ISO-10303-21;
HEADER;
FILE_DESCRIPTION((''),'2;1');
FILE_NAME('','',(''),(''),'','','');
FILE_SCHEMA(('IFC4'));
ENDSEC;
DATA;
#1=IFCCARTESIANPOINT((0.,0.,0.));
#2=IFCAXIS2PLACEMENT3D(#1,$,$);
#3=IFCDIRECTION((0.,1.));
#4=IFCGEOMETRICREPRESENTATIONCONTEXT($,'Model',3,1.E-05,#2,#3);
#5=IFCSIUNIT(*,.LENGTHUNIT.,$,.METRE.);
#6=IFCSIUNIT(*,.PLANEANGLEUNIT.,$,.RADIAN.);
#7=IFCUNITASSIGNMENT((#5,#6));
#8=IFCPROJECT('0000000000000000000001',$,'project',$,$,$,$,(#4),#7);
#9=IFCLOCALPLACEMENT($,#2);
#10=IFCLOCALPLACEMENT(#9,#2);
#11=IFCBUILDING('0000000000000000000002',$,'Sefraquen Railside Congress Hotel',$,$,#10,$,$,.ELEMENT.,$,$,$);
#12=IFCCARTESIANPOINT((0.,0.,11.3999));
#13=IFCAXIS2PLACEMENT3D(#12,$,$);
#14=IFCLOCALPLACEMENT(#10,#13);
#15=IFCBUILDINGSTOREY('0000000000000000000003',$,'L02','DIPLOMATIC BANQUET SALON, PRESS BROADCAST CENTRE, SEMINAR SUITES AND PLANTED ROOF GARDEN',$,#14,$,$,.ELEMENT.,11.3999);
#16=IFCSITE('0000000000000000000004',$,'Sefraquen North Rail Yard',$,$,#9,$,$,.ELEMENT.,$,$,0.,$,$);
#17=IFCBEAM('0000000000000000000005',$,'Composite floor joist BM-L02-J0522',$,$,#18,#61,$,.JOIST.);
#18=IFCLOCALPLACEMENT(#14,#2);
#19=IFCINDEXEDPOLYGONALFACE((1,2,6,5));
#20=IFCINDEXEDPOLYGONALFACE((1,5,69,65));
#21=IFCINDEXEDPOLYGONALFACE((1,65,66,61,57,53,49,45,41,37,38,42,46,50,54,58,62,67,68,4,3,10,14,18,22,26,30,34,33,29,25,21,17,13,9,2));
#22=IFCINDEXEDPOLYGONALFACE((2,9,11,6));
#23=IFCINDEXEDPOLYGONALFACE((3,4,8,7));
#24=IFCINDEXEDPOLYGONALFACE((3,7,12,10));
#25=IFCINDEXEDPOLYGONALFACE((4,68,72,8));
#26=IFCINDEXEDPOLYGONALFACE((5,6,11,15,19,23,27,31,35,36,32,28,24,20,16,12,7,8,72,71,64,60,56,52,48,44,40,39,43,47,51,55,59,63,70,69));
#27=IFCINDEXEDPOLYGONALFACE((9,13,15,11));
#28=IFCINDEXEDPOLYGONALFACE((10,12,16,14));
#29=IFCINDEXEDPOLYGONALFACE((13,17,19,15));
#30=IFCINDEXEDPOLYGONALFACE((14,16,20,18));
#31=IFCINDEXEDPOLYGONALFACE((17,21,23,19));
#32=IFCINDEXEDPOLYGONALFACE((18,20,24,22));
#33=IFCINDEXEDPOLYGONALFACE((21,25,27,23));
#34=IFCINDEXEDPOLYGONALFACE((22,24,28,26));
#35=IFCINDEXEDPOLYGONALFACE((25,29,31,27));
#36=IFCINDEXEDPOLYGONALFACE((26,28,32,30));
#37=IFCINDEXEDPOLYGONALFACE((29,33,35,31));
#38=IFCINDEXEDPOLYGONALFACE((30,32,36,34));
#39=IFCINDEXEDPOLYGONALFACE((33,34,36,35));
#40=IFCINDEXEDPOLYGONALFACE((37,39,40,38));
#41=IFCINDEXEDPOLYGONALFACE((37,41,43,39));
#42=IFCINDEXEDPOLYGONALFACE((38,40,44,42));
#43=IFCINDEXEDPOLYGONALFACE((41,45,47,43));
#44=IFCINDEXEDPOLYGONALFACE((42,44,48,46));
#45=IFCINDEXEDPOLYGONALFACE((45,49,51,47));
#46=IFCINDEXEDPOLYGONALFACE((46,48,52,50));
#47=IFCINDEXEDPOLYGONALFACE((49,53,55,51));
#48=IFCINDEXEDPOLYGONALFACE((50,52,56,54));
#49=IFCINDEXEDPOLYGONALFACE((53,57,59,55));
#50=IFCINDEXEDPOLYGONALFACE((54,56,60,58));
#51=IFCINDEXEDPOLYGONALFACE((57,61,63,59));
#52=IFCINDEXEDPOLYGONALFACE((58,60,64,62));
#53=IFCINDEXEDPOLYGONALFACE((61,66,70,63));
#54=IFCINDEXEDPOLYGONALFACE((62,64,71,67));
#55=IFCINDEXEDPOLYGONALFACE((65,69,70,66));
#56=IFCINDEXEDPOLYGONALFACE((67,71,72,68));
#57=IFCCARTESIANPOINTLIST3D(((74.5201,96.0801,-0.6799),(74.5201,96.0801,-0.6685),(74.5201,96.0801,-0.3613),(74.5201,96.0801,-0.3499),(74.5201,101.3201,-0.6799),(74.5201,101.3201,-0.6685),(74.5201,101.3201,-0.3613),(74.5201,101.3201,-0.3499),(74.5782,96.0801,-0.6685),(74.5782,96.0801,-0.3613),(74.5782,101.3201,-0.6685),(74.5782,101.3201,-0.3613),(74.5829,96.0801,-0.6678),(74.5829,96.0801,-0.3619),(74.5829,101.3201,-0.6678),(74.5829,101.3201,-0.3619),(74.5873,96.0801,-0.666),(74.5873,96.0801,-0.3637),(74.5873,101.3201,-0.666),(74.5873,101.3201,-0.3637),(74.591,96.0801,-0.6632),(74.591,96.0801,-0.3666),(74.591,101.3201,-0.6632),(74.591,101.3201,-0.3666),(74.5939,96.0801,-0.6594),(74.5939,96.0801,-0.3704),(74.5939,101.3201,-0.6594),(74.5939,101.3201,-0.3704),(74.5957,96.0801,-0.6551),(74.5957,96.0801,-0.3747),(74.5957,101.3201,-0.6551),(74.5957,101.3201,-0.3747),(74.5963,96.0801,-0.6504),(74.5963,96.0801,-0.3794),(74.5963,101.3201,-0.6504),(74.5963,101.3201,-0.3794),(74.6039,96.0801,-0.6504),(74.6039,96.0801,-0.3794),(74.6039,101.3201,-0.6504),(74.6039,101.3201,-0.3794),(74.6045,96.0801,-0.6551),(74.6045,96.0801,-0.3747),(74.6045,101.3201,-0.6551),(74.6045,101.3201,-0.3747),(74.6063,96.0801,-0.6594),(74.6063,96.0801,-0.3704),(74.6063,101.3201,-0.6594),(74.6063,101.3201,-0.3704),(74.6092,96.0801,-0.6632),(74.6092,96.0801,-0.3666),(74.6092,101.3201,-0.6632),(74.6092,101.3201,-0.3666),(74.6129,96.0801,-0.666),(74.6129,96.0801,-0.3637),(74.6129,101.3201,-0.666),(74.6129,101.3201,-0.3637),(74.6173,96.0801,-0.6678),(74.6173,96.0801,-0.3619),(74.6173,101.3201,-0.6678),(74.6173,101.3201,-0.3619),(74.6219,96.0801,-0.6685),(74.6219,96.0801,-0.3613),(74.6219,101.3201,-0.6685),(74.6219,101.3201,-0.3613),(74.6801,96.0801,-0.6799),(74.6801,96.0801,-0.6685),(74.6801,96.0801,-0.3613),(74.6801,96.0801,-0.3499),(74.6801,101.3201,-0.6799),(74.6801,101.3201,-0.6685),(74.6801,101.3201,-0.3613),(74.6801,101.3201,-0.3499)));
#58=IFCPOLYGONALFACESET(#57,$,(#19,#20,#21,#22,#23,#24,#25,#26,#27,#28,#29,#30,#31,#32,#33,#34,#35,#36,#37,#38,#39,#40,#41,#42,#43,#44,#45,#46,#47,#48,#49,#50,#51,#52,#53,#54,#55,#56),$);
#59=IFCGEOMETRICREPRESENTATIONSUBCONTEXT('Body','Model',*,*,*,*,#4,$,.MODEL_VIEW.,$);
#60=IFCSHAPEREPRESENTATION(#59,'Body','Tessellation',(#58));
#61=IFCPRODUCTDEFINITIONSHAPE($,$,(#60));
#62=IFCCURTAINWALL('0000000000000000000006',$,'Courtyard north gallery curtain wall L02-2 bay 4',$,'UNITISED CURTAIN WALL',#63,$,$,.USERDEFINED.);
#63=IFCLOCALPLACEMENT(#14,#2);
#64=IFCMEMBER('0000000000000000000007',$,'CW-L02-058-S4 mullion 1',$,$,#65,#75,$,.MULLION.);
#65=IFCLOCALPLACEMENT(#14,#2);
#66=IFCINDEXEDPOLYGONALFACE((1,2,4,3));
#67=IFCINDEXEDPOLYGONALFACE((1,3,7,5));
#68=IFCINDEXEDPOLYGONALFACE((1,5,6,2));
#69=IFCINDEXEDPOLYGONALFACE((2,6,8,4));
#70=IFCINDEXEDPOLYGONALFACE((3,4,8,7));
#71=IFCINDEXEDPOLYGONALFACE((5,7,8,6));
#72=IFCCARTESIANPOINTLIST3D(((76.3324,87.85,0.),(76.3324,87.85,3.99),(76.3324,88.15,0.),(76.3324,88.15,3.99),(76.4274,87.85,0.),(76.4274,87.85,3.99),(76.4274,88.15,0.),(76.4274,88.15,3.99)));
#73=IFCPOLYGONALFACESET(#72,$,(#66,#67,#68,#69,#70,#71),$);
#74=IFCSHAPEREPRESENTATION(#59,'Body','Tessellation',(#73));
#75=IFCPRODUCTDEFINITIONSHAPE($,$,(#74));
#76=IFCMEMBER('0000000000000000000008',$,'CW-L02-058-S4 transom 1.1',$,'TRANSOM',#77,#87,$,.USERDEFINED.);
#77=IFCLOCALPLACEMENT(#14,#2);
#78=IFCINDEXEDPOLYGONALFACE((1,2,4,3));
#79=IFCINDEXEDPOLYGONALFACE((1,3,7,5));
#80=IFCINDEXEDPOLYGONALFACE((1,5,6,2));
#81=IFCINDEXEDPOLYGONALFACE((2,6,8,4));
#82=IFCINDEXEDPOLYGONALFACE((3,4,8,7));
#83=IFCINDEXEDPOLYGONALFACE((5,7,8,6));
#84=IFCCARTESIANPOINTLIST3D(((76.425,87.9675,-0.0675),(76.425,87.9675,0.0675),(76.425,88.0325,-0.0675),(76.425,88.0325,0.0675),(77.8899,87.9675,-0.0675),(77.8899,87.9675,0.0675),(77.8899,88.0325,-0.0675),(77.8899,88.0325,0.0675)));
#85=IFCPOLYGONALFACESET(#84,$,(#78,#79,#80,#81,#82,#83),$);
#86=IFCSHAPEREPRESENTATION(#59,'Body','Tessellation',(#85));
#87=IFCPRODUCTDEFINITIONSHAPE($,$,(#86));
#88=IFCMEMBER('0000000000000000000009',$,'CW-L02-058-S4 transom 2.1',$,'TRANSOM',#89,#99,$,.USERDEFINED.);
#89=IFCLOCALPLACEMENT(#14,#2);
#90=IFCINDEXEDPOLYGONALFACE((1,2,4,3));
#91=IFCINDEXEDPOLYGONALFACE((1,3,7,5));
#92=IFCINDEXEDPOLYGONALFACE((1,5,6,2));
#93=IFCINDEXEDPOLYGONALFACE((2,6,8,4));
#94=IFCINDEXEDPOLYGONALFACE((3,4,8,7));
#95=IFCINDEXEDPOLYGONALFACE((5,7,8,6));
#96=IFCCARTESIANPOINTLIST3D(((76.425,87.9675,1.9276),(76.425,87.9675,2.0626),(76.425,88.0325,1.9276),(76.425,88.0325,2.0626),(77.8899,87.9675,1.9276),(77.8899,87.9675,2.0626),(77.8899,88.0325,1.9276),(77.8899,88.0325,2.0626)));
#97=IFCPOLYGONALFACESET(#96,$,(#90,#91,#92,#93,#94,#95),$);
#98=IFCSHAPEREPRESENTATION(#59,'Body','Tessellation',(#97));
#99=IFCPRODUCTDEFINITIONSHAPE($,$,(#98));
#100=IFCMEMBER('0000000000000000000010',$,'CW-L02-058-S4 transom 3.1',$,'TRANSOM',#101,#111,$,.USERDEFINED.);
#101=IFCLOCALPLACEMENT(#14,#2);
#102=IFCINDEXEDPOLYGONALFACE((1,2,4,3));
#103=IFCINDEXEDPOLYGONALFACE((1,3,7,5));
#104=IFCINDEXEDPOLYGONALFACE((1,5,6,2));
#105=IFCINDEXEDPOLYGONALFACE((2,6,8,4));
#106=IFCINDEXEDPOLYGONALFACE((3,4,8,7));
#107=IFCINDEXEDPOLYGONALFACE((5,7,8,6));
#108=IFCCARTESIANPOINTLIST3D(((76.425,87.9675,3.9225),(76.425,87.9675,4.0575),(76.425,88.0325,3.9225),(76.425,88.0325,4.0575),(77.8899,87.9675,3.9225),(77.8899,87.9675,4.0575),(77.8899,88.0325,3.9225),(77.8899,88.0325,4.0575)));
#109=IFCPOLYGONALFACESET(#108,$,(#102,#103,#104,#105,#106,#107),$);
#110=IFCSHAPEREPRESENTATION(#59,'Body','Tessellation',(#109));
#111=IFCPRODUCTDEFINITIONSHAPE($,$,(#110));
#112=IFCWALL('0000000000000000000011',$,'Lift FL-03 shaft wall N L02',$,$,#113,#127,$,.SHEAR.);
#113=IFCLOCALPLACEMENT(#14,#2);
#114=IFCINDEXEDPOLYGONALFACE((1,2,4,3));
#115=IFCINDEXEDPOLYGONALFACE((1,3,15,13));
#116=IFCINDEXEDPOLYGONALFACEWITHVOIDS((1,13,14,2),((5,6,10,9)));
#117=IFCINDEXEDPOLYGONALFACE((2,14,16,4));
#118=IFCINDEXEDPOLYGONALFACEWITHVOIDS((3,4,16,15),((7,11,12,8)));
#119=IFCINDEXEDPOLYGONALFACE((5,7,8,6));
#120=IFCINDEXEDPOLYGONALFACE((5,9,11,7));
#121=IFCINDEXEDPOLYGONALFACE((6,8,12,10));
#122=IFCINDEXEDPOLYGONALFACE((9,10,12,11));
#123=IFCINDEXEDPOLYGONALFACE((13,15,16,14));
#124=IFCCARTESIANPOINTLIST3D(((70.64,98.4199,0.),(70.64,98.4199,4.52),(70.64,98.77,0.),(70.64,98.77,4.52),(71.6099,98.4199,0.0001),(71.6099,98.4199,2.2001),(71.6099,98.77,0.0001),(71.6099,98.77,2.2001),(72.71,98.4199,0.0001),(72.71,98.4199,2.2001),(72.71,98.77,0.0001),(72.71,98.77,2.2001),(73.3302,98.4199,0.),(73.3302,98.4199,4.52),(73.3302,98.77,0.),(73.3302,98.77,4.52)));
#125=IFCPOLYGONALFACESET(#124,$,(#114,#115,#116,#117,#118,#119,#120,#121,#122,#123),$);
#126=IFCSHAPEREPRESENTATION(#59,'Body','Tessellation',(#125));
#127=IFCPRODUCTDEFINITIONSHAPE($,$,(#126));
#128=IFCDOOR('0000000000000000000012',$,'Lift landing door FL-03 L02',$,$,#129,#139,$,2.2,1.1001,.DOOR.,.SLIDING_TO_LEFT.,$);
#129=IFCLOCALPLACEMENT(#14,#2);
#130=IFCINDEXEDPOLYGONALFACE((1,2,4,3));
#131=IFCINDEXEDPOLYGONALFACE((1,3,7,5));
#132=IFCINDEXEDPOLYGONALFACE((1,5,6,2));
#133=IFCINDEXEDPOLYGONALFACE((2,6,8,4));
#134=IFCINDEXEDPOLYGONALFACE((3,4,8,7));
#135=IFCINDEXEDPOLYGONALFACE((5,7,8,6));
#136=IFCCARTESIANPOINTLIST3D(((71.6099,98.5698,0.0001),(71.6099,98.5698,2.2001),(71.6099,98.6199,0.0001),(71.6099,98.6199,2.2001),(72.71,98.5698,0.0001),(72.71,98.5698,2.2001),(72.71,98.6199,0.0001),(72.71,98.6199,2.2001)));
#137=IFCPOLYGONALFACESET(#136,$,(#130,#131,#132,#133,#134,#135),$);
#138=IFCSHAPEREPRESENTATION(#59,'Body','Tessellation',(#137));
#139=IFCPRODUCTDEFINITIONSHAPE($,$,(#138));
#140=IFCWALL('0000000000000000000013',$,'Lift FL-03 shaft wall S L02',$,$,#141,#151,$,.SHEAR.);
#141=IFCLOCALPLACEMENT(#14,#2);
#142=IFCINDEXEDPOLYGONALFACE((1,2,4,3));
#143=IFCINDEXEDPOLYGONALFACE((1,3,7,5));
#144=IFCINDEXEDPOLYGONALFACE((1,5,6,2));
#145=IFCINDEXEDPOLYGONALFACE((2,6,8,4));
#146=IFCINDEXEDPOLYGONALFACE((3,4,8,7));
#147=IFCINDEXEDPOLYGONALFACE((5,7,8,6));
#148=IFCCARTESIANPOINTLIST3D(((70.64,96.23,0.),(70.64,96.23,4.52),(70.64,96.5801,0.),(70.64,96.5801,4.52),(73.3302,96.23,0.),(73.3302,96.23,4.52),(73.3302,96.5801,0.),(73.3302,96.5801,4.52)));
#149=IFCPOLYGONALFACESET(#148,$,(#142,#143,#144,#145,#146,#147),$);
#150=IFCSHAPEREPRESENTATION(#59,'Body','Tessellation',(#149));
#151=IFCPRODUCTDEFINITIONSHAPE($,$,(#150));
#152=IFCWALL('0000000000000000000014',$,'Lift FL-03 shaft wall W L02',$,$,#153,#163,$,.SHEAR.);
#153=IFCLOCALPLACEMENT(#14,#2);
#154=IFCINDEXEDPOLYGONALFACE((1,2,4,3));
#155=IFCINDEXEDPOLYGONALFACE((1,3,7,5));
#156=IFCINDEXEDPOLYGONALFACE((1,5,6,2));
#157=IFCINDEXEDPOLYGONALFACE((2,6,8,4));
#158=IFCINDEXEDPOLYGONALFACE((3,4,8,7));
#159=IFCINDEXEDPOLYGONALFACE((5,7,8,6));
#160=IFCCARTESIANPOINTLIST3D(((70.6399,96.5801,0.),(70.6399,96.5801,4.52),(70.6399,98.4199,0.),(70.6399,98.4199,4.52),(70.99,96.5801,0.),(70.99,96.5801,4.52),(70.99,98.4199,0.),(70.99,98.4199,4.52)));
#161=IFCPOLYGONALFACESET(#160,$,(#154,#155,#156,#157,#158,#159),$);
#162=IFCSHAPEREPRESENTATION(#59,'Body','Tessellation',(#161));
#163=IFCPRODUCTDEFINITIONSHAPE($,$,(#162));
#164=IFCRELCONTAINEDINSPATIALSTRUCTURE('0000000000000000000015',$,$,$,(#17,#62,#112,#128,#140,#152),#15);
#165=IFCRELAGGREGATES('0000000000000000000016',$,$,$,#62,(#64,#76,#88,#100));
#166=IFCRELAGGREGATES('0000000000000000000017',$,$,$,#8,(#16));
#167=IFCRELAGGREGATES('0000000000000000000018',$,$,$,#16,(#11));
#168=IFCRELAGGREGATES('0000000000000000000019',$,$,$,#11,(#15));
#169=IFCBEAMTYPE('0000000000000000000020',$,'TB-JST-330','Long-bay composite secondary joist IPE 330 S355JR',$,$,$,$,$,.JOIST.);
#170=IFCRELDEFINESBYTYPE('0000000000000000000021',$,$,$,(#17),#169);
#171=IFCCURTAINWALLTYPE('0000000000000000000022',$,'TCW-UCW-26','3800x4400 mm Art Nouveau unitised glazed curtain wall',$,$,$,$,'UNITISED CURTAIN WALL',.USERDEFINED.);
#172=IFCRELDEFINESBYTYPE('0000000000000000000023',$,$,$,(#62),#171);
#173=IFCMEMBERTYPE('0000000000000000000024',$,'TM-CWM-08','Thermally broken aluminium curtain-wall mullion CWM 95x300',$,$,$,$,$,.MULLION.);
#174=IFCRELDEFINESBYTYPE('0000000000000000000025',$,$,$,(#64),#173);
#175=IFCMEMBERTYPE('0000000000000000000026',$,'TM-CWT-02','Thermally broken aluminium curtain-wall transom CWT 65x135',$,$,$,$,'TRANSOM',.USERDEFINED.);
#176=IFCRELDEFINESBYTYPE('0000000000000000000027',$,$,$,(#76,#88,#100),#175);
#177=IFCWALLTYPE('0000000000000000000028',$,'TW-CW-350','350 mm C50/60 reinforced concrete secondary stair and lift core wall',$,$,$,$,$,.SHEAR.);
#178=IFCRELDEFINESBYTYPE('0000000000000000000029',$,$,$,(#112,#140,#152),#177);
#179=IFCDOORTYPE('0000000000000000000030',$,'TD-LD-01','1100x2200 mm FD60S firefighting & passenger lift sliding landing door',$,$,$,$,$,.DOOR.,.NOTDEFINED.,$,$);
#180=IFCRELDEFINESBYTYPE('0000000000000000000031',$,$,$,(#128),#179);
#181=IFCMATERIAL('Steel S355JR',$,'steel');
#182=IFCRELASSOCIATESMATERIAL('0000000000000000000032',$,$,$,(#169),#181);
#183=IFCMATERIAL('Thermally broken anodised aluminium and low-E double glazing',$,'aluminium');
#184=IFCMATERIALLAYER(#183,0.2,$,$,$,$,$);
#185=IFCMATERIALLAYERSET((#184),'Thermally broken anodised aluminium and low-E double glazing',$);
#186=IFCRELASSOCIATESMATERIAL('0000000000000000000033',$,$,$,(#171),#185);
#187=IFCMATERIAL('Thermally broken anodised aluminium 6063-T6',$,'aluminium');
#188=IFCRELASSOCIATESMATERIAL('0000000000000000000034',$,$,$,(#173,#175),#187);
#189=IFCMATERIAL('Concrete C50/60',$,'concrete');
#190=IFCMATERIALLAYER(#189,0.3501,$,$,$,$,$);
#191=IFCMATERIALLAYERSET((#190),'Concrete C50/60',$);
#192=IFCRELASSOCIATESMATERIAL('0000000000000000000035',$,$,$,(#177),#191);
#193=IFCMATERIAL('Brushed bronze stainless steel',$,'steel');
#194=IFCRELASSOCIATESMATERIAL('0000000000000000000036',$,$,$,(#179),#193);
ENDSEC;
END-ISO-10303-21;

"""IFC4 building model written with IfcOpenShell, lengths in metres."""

from ifc_helpers import new_model, si_unit, direction, frame, frame_2d, origin, origin_2d, place, context, subcontext, project, spatial, rectangle, i_section, extrude, material, layer, layer_set, material_profile, profile_set, type_object, element, fill, aggregate, save


model = new_model("IFC4")

# Units and contexts
model_context = context("Model", 3, precision=1e-05, world=origin(), true_north=direction((0.0, 1.0)))
body_context = subcontext(model_context, "Body", "Model", "MODEL_VIEW")
ifc_project = project(units=[si_unit("LENGTHUNIT", "METRE"), si_unit("PLANEANGLEUNIT", "RADIAN")], contexts=[model_context])

# Site, building, storey
site_placement = place(None, origin())
site = spatial("IfcSite", under=ifc_project, at=site_placement, Name="Sefraquen North Rail Yard", CompositionType="ELEMENT", RefElevation=0.0)
building_placement = place(site_placement, origin())
building = spatial("IfcBuilding", under=site, at=building_placement, Name="Sefraquen Railside Congress Hotel", CompositionType="ELEMENT")
storey_placement = place(building_placement, frame((0.0, 0.0, 11.3999)))
storey = spatial("IfcBuildingStorey", under=building, at=storey_placement, Name="L02", Description="DIPLOMATIC BANQUET SALON, PRESS BROADCAST CENTRE, SEMINAR SUITES AND PLANTED ROOF GARDEN", CompositionType="ELEMENT", Elevation=11.3999)

# Shared definitions
ifc_material_1 = material(Name="Steel S355JR", Category="steel")
ifc_material_2 = material(Name="Concrete C50/60", Category="concrete")

# Beam
ifc_material_profile_1 = material_profile(ifc_material_1, i_section(OverallWidth=0.1599, OverallDepth=0.3301, WebThickness=0.0076, FlangeThickness=0.0115, FilletRadius=0.0181, at=origin_2d()), Name="IPE 330")
ifc_profile_set_1 = profile_set([ifc_material_profile_1], Name="Steel S355JR")
beam_type_1 = type_object("IfcBeamType", Name="TB-JST-330", Description="Long-bay composite secondary joist IPE 330 S355JR", PredefinedType="JOIST", material=ifc_profile_set_1)
beam_1_placement = place(storey_placement, frame((74.6001, 96.0801, -0.5149), z_axis=(0.0, 1.0, 0.0), x_axis=(-1.0, 0.0, 0.0)))
element("IfcBeam", 1, at=beam_1_placement, inside=storey, type_object=beam_type_1, Name="Composite floor joist BM-L02-J0522", PredefinedType="JOIST", context=body_context, shape_type="SweptSolid", body=[
    extrude(i_section(OverallWidth=0.1599, OverallDepth=0.3301, WebThickness=0.0076, FlangeThickness=0.0115, FilletRadius=0.0181, at=origin_2d()), origin(), (0.0, 0.0, 1.0), 5.24),
])

# Curtain wall, members
ifc_material_3 = material(Name="Thermally broken anodised aluminium and low-E double glazing", Category="aluminium")
ifc_layer_1 = layer(ifc_material_3, 0.2)
ifc_layer_set_1 = layer_set([ifc_layer_1], Name="Thermally broken anodised aluminium and low-E double glazing")
curtain_wall_type = type_object("IfcCurtainWallType", Name="TCW-UCW-26", Description="3800x4400 mm Art Nouveau unitised glazed curtain wall", ElementType="UNITISED CURTAIN WALL", PredefinedType="USERDEFINED", material=ifc_layer_set_1)
curtain_wall_placement = place(storey_placement, origin())
curtain_wall = element("IfcCurtainWall", 2, at=curtain_wall_placement, inside=storey, type_object=curtain_wall_type, Name="Courtyard north gallery curtain wall L02-2 bay 4", ObjectType="UNITISED CURTAIN WALL", PredefinedType="USERDEFINED")
ifc_material_4 = material(Name="Thermally broken anodised aluminium 6063-T6", Category="aluminium")
ifc_material_profile_2 = material_profile(ifc_material_4, rectangle(XDim=0.095, YDim=0.3, at=origin_2d()), Name="CWM 95x300")
ifc_profile_set_2 = profile_set([ifc_material_profile_2], Name="Thermally broken anodised aluminium 6063-T6")
member_type_1 = type_object("IfcMemberType", Name="TM-CWM-08", Description="Thermally broken aluminium curtain-wall mullion CWM 95x300", PredefinedType="MULLION", material=ifc_profile_set_2)
member_1_placement = place(storey_placement, frame((76.3799, 88.0, 0.0), z_axis=(0.0, 0.0, 1.0), x_axis=(1.0, 0.0, 0.0)))
member_1 = element("IfcMember", 3, at=member_1_placement, type_object=member_type_1, Name="CW-L02-058-S4 mullion 1", PredefinedType="MULLION", context=body_context, shape_type="SweptSolid", body=[
    extrude(rectangle(XDim=0.095, YDim=0.3, at=origin_2d()), origin(), (0.0, 0.0, 1.0), 3.99),
])
ifc_material_profile_3 = material_profile(ifc_material_4, rectangle(XDim=0.0649, YDim=0.135, at=origin_2d()), Name="CWT 65x135")
ifc_profile_set_3 = profile_set([ifc_material_profile_3], Name="Thermally broken anodised aluminium 6063-T6")
member_type_2 = type_object("IfcMemberType", Name="TM-CWT-02", Description="Thermally broken aluminium curtain-wall transom CWT 65x135", ElementType="TRANSOM", PredefinedType="USERDEFINED", material=ifc_profile_set_3)
member_2_placement = place(storey_placement, frame((76.425, 88.0, 0.0), z_axis=(1.0, 0.0, 0.0), x_axis=(0.0, 1.0, 0.0)))
member_2 = element("IfcMember", 4, at=member_2_placement, type_object=member_type_2, Name="CW-L02-058-S4 transom 1.1", ObjectType="TRANSOM", PredefinedType="USERDEFINED", context=body_context, shape_type="SweptSolid", body=[
    extrude(rectangle(XDim=0.0649, YDim=0.135, at=origin_2d()), origin(), (0.0, 0.0, 1.0), 1.4648),
])
member_3_placement = place(storey_placement, frame((76.425, 88.0, 1.9951), z_axis=(1.0, 0.0, 0.0), x_axis=(0.0, 1.0, 0.0)))
member_3 = element("IfcMember", 5, at=member_3_placement, type_object=member_type_2, Name="CW-L02-058-S4 transom 2.1", ObjectType="TRANSOM", PredefinedType="USERDEFINED", context=body_context, shape_type="SweptSolid", body=[
    extrude(rectangle(XDim=0.0649, YDim=0.135, at=origin_2d()), origin(), (0.0, 0.0, 1.0), 1.4648),
])
member_4_placement = place(storey_placement, frame((76.425, 88.0, 3.99), z_axis=(1.0, 0.0, 0.0), x_axis=(0.0, 1.0, 0.0)))
member_4 = element("IfcMember", 6, at=member_4_placement, type_object=member_type_2, Name="CW-L02-058-S4 transom 3.1", ObjectType="TRANSOM", PredefinedType="USERDEFINED", context=body_context, shape_type="SweptSolid", body=[
    extrude(rectangle(XDim=0.0649, YDim=0.135, at=origin_2d()), origin(), (0.0, 0.0, 1.0), 1.4648),
])
aggregate(curtain_wall, [member_1, member_2, member_3, member_4])

# Wall, opening, door
ifc_layer_2 = layer(ifc_material_2, 0.3501)
ifc_layer_set_2 = layer_set([ifc_layer_2], Name="Concrete C50/60")
wall_type_1 = type_object("IfcWallType", Name="TW-CW-350", Description="350 mm C50/60 reinforced concrete secondary stair and lift core wall", PredefinedType="SHEAR", material=ifc_layer_set_2)
wall_1_placement = place(storey_placement, frame((70.6399, 98.595, 0.0), z_axis=(0.0, 0.0, 1.0), x_axis=(1.0, 0.0, 0.0)))
wall_1 = element("IfcWall", 7, at=wall_1_placement, inside=storey, type_object=wall_type_1, Name="Lift FL-03 shaft wall N L02", PredefinedType="SHEAR", context=body_context, shape_type="SweptSolid", body=[
    extrude(rectangle(XDim=2.6902, YDim=0.3501, at=frame_2d((1.3452, 0.0))), origin(), (0.0, 0.0, 1.0), 4.52),
])
opening_1_placement = place(wall_1_placement, frame((0.97, 0.0, 0.0)))
opening_1 = element("IfcOpeningElement", 8, at=opening_1_placement, cuts=wall_1, PredefinedType="OPENING", context=body_context, shape_type="SweptSolid", body=[
    extrude(rectangle(XDim=1.1001, YDim=2.2, at=frame_2d((0.55, 1.1001))), frame((0.0, 0.1851, 0.0), z_axis=(0.0, -1.0, 0.0), x_axis=(1.0, 0.0, 0.0)), (0.0, 0.0, 1.0), 0.3701),
])
ifc_material_5 = material(Name="Brushed bronze stainless steel", Category="steel")
door_type_1 = type_object("IfcDoorType", Name="TD-LD-01", Description="1100x2200 mm FD60S firefighting & passenger lift sliding landing door", OperationType="NOTDEFINED", PredefinedType="DOOR", material=ifc_material_5)
door_1_placement = place(opening_1_placement, origin())
door_1 = element("IfcDoor", 9, at=door_1_placement, inside=storey, type_object=door_type_1, Name="Lift landing door FL-03 L02", OperationType="SLIDING_TO_LEFT", OverallHeight=2.2, OverallWidth=1.1001, PredefinedType="DOOR", context=body_context, shape_type="SweptSolid", body=[
    extrude(rectangle(XDim=1.1001, YDim=2.2, at=frame_2d((0.55, 1.1001))), frame((0.0, 0.0249, 0.0), z_axis=(0.0, -1.0, 0.0), x_axis=(1.0, 0.0, 0.0)), (0.0, 0.0, 1.0), 0.05),
])
fill(opening_1, door_1)

# Walls
wall_2_placement = place(storey_placement, frame((70.6399, 96.405, 0.0), z_axis=(0.0, 0.0, 1.0), x_axis=(1.0, 0.0, 0.0)))
element("IfcWall", 10, at=wall_2_placement, inside=storey, type_object=wall_type_1, Name="Lift FL-03 shaft wall S L02", PredefinedType="SHEAR", context=body_context, shape_type="SweptSolid", body=[
    extrude(rectangle(XDim=2.6902, YDim=0.3501, at=frame_2d((1.3452, 0.0))), origin(), (0.0, 0.0, 1.0), 4.52),
])
wall_3_placement = place(storey_placement, frame((70.8149, 96.5801, 0.0), z_axis=(0.0, 0.0, 1.0), x_axis=(0.0, 1.0, 0.0)))
element("IfcWall", 11, at=wall_3_placement, inside=storey, type_object=wall_type_1, Name="Lift FL-03 shaft wall W L02", PredefinedType="SHEAR", context=body_context, shape_type="SweptSolid", body=[
    extrude(rectangle(XDim=1.8398, YDim=0.3501, at=frame_2d((0.9199, 0.0))), origin(), (0.0, 0.0, 1.0), 4.52),
])

save(model, "model.ifc")
